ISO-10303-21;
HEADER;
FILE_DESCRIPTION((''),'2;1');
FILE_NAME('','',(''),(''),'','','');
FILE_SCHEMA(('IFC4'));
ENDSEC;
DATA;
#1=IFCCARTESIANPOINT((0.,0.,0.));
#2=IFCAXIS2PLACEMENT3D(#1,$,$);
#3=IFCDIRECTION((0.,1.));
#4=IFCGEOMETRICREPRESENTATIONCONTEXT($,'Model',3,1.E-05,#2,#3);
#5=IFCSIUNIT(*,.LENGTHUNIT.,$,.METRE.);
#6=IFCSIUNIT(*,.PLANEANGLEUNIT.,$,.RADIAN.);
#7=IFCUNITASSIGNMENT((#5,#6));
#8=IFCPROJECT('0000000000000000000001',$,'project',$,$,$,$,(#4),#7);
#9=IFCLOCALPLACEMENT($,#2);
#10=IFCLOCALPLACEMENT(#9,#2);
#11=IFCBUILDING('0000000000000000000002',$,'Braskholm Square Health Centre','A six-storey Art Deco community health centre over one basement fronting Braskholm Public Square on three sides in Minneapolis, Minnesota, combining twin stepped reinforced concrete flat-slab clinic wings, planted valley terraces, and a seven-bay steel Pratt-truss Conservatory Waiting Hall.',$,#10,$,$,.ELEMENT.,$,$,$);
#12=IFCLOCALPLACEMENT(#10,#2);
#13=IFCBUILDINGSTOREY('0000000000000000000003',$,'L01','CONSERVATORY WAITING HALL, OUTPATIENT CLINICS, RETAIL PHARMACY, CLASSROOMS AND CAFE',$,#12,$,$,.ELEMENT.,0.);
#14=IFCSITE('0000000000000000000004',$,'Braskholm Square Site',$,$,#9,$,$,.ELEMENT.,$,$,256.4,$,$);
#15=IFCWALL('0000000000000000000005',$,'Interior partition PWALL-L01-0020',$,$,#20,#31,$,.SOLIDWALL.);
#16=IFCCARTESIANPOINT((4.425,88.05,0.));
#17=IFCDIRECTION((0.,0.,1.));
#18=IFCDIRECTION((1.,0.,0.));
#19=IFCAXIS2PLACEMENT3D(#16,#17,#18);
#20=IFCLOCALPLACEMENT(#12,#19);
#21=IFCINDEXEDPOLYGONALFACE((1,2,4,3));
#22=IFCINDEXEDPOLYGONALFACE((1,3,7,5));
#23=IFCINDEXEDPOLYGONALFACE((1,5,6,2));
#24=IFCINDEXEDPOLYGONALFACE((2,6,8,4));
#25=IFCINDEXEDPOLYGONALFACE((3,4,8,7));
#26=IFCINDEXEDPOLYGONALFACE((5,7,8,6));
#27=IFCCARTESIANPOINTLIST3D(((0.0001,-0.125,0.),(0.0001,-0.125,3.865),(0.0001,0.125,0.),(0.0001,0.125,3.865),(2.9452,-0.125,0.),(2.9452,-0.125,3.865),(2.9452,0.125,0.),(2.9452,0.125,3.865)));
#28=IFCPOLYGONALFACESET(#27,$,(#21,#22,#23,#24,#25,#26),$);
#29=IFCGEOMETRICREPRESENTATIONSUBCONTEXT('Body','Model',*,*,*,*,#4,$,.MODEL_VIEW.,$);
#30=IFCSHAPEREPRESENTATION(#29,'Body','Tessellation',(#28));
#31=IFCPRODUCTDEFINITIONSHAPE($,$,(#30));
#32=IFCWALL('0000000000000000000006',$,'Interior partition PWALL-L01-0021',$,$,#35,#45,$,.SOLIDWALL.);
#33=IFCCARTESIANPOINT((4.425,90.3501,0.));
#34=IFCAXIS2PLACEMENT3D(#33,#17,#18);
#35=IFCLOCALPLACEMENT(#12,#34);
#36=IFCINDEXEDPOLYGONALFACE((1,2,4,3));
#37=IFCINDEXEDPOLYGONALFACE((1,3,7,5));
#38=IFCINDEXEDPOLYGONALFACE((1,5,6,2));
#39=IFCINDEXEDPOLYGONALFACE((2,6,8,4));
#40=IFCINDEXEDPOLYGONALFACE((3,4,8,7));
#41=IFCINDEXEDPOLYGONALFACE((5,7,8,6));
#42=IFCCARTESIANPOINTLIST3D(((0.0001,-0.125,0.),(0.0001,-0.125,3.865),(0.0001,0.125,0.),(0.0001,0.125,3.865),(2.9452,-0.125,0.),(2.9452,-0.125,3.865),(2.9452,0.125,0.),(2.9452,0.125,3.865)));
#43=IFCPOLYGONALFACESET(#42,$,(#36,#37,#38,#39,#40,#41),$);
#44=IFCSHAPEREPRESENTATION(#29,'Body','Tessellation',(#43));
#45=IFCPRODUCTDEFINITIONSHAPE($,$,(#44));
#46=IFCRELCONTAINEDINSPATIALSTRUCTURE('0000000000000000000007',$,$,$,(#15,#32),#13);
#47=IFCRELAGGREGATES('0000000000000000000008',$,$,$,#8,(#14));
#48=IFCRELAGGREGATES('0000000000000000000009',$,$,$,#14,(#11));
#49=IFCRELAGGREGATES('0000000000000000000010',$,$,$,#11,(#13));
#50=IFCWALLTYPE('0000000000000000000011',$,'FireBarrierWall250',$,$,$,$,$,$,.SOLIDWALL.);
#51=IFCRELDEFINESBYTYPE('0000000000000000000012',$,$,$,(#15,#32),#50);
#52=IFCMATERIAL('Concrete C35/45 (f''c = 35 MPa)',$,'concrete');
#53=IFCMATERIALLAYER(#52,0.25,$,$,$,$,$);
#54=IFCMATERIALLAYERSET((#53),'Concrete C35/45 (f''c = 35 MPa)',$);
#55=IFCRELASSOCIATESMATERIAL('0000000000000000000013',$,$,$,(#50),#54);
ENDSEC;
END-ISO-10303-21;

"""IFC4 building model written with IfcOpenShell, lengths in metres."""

from ifc_helpers import new_model, si_unit, direction, frame, frame_2d, origin, place, context, subcontext, project, spatial, rectangle, extrude, material, layer, layer_set, type_object, element, save


model = new_model("IFC4")

# Units and contexts
model_context = context("Model", 3, precision=1e-05, world=origin(), true_north=direction((0.0, 1.0)))
body_context = subcontext(model_context, "Body", "Model", "MODEL_VIEW")
ifc_project = project(units=[si_unit("LENGTHUNIT", "METRE"), si_unit("PLANEANGLEUNIT", "RADIAN")], contexts=[model_context])

# Site, building, storey
site_placement = place(None, origin())
site = spatial("IfcSite", under=ifc_project, at=site_placement, Name="Braskholm Square Site", CompositionType="ELEMENT", RefElevation=256.4)
building_placement = place(site_placement, origin())
building = spatial("IfcBuilding", under=site, at=building_placement, Name="Braskholm Square Health Centre", Description="A six-storey Art Deco community health centre over one basement fronting Braskholm Public Square on three sides in Minneapolis, Minnesota, combining twin stepped reinforced concrete flat-slab clinic wings, planted valley terraces, and a seven-bay steel Pratt-truss Conservatory Waiting Hall.", CompositionType="ELEMENT")
storey_placement = place(building_placement, origin())
storey = spatial("IfcBuildingStorey", under=building, at=storey_placement, Name="L01", Description="CONSERVATORY WAITING HALL, OUTPATIENT CLINICS, RETAIL PHARMACY, CLASSROOMS AND CAFE", CompositionType="ELEMENT", Elevation=0.0)

# Walls
ifc_material_1 = material(Name="Concrete C35/45 (f'c = 35 MPa)", Category="concrete")
ifc_layer_1 = layer(ifc_material_1, 0.25)
ifc_layer_set_1 = layer_set([ifc_layer_1], Name="Concrete C35/45 (f'c = 35 MPa)")
wall_type_1 = type_object("IfcWallType", Name="FireBarrierWall250", PredefinedType="SOLIDWALL", material=ifc_layer_set_1)
for number, where, z_axis, x_axis, name in (
    (1, (4.425, 88.05, 0.0), (0.0, 0.0, 1.0), (1.0, 0.0, 0.0), "Interior partition PWALL-L01-0020"),
    (2, (4.425, 90.3501, 0.0), (0.0, 0.0, 1.0), (1.0, 0.0, 0.0), "Interior partition PWALL-L01-0021"),
):
    element("IfcWall", number, at=place(storey_placement, frame(where, z_axis=z_axis, x_axis=x_axis)), inside=storey, type_object=wall_type_1, Name=name, PredefinedType="SOLIDWALL", context=body_context, shape_type="SweptSolid", body=[
        extrude(rectangle(XDim=2.9451, YDim=0.25, at=frame_2d((1.4727, 0.0))), origin(), (0.0, 0.0, 1.0), 3.865),
    ])

save(model, "model.ifc")
